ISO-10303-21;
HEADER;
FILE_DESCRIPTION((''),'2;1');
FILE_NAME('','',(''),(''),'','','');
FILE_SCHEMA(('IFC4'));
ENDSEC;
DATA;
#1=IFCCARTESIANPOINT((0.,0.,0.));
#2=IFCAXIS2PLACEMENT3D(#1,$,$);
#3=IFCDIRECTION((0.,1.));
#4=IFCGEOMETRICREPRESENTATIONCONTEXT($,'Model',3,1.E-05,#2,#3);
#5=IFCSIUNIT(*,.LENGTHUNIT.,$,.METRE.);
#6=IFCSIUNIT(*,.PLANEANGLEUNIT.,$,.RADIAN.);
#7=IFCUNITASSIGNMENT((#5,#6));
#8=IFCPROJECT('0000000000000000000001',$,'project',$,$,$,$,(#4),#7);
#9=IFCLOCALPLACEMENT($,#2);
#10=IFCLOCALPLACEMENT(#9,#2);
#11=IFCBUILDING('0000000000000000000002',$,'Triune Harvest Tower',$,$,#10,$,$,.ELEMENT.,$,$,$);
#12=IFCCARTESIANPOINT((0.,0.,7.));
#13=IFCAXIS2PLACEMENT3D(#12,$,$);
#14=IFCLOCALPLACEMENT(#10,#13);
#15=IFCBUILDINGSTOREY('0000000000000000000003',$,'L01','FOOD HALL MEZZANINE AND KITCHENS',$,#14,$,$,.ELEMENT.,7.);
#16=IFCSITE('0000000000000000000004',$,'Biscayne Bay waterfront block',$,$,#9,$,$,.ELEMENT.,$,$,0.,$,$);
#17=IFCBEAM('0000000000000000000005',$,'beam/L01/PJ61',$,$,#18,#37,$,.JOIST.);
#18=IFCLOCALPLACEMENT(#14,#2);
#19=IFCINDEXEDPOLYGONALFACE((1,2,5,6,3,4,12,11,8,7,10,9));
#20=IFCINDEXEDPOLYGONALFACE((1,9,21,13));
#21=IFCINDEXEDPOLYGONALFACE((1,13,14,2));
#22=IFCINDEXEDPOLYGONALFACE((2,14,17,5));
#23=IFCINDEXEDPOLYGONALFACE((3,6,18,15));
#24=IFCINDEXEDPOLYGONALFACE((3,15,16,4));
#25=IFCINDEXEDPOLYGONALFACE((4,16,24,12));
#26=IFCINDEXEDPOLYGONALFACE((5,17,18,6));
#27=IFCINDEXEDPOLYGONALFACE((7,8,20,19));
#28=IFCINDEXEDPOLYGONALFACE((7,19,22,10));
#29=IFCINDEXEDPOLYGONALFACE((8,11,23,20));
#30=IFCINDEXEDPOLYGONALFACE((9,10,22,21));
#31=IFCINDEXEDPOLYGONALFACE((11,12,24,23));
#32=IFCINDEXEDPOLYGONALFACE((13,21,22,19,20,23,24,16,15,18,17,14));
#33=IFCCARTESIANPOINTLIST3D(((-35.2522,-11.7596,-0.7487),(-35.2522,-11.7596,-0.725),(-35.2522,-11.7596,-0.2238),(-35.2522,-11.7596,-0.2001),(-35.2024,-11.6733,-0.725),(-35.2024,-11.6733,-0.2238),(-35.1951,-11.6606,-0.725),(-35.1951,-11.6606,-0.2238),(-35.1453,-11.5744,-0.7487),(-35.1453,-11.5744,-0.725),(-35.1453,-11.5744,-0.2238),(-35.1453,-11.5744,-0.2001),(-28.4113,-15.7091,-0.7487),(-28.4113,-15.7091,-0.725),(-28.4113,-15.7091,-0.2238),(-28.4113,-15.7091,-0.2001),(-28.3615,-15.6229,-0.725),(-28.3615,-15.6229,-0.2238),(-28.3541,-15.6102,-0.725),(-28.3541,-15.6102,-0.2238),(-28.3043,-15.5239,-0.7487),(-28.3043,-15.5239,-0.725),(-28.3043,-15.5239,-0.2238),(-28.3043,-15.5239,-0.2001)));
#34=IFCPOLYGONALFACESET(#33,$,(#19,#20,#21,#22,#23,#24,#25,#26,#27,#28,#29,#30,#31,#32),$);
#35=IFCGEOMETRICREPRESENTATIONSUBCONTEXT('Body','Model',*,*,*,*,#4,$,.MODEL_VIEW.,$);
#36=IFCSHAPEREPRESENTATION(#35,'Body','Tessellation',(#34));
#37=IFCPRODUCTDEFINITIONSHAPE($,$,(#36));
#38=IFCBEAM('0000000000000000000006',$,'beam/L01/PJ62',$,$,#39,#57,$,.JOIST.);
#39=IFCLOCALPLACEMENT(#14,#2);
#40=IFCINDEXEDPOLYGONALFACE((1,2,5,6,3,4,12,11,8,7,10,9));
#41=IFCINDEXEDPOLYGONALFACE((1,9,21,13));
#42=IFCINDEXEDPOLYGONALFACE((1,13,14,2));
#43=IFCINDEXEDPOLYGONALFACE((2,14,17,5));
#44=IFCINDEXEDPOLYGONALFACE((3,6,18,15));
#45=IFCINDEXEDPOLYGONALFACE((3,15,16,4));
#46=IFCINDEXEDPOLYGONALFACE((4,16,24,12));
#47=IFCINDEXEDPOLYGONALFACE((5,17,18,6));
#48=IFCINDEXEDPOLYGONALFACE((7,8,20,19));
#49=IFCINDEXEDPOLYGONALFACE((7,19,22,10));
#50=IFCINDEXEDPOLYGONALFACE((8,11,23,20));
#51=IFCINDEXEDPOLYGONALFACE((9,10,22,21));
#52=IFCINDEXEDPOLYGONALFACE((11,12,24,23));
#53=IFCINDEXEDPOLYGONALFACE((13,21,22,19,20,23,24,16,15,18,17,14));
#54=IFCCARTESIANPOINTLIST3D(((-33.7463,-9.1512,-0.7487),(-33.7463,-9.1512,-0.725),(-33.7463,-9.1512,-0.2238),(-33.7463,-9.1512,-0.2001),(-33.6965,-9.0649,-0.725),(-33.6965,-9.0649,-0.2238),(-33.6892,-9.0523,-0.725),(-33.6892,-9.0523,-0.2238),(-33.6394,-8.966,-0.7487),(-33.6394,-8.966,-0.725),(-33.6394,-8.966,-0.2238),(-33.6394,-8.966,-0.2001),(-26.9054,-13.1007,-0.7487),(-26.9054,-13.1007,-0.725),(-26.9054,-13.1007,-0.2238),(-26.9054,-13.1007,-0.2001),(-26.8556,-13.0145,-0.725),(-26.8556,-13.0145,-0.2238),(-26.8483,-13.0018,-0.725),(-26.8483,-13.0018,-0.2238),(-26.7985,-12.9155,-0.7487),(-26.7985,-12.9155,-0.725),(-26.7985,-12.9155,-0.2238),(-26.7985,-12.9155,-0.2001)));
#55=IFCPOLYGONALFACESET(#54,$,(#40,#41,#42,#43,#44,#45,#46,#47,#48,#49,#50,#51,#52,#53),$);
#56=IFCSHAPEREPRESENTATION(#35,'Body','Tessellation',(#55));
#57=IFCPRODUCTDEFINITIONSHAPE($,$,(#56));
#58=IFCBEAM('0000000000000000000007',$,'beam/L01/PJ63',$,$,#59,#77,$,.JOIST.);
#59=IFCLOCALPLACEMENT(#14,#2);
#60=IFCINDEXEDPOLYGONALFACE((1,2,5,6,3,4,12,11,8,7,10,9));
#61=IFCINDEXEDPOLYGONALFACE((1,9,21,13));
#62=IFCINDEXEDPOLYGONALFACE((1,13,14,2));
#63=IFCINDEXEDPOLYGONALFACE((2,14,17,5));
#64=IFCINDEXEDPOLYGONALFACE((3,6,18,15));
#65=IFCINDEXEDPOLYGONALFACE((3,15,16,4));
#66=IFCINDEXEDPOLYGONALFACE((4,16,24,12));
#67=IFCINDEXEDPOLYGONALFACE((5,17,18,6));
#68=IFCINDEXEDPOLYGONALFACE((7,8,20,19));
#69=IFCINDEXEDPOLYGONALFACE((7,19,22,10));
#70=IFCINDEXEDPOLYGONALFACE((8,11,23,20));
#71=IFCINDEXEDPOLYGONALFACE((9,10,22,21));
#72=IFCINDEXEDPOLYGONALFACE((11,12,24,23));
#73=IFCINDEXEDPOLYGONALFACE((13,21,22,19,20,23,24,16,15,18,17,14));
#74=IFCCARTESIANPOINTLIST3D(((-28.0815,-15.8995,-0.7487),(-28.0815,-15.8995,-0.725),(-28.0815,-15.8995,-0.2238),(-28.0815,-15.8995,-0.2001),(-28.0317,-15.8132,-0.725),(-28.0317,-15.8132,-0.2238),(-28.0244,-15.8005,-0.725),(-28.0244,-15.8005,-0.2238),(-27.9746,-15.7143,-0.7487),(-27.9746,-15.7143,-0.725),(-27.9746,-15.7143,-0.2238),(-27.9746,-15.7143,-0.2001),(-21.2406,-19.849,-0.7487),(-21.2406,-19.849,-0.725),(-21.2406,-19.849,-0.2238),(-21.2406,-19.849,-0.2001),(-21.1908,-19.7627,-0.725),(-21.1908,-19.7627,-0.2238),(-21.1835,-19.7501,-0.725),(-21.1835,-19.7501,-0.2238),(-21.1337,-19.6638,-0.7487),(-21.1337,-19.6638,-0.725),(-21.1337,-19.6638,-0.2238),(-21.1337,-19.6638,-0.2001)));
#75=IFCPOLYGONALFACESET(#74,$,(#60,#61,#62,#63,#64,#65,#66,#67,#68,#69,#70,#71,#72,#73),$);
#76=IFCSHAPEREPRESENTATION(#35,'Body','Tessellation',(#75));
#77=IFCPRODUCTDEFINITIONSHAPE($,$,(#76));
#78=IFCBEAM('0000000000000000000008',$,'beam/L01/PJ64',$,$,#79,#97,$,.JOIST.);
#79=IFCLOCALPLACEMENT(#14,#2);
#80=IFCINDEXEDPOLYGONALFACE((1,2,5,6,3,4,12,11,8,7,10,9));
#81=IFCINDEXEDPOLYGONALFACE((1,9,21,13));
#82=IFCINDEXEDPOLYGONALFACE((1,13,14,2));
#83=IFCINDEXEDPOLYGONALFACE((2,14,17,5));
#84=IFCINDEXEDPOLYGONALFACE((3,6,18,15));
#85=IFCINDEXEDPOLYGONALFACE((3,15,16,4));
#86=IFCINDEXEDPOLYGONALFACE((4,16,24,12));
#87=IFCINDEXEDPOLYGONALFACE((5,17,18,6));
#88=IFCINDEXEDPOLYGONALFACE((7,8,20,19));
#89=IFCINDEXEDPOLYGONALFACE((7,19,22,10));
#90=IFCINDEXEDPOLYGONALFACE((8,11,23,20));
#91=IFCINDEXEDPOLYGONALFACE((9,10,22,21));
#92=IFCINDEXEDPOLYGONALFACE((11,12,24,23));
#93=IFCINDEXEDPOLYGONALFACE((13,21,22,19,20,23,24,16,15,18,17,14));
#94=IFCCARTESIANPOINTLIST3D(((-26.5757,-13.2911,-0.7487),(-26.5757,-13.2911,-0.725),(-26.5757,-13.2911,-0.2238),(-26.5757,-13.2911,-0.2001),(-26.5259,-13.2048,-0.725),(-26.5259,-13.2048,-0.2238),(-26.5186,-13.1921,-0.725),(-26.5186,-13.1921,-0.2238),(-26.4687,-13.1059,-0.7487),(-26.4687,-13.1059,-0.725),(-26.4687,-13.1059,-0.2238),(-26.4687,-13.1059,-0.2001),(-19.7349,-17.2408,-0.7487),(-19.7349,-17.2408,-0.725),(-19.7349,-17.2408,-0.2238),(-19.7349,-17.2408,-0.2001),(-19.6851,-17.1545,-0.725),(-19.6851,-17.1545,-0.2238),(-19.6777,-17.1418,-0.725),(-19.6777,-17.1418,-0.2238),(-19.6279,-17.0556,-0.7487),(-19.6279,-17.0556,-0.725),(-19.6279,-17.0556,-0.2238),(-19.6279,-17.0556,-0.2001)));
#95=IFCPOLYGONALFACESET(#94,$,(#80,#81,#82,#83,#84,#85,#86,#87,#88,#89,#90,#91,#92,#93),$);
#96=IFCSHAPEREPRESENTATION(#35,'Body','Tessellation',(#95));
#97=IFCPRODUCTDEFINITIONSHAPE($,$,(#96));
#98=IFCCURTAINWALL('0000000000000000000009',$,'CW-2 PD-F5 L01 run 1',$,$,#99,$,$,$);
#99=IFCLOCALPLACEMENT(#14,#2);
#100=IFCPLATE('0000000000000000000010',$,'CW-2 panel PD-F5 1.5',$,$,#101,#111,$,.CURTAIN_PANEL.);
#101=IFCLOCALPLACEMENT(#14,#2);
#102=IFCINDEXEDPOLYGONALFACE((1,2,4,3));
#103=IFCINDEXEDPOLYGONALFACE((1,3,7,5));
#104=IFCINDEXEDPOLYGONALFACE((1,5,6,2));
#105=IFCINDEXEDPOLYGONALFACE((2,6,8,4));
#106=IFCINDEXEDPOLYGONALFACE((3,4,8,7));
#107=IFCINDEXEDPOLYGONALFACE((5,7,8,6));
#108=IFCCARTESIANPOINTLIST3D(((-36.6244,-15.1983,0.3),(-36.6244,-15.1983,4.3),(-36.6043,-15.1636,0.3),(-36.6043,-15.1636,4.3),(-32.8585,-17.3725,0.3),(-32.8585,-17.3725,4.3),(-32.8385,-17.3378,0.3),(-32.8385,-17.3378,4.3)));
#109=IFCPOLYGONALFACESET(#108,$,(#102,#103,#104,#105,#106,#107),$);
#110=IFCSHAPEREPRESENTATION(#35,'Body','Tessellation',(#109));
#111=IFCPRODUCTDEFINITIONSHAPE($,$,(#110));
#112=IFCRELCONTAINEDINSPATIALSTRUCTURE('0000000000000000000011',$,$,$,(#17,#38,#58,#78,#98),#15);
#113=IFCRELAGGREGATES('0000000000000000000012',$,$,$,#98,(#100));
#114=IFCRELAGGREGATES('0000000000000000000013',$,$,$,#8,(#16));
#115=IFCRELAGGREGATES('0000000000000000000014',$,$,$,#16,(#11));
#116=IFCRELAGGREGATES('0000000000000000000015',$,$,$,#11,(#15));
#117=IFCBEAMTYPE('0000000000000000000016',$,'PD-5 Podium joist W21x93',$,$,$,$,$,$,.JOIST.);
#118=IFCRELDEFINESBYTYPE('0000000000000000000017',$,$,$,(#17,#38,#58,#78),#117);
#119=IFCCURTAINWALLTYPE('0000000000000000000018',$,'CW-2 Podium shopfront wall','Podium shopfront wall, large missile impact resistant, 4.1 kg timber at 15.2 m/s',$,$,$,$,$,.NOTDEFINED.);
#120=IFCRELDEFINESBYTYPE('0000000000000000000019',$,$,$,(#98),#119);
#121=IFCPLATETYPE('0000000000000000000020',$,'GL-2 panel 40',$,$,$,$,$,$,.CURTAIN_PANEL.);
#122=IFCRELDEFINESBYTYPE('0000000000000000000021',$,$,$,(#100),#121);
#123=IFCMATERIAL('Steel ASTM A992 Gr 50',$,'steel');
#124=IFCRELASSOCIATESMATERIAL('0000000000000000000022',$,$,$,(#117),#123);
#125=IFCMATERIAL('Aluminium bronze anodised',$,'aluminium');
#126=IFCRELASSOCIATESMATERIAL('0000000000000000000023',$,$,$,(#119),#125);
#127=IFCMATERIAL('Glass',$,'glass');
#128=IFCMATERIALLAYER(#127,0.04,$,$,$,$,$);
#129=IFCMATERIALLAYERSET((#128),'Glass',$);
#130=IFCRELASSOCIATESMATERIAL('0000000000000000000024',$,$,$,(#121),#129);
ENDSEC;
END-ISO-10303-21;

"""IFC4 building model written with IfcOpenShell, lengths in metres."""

from ifc_helpers import new_model, si_unit, direction, frame, origin, origin_2d, place, context, subcontext, project, spatial, rectangle, i_section, extrude, source, transform, mapped, material, layer, layer_set, material_profile, profile_set, type_object, element, aggregate, save


model = new_model("IFC4")

# Units and contexts
model_context = context("Model", 3, precision=1e-05, world=origin(), true_north=direction((0.0, 1.0)))
body_context = subcontext(model_context, "Body", "Model", "MODEL_VIEW")
ifc_project = project(units=[si_unit("LENGTHUNIT", "METRE"), si_unit("PLANEANGLEUNIT", "RADIAN")], contexts=[model_context])

# Site, building, storey
site_placement = place(None, origin())
site = spatial("IfcSite", under=ifc_project, at=site_placement, Name="Biscayne Bay waterfront block", CompositionType="ELEMENT", RefElevation=0.0)
building_placement = place(site_placement, origin())
building = spatial("IfcBuilding", under=site, at=building_placement, Name="Triune Harvest Tower", CompositionType="ELEMENT")
storey_placement = place(building_placement, frame((0.0, 0.0, 7.0)))
storey = spatial("IfcBuildingStorey", under=building, at=storey_placement, Name="L01", Description="FOOD HALL MEZZANINE AND KITCHENS", CompositionType="ELEMENT", Elevation=7.0)

# Beams
ifc_material_1 = material(Name="Steel ASTM A992 Gr 50", Category="steel")
ifc_material_profile_1 = material_profile(ifc_material_1, i_section(OverallWidth=0.2139, OverallDepth=0.5486, WebThickness=0.0146, FlangeThickness=0.0237, at=origin_2d()), Name="W21x93")
ifc_profile_set_1 = profile_set([ifc_material_profile_1], Name="Steel ASTM A992 Gr 50")
beam_type_1 = type_object("IfcBeamType", Name="PD-5 Podium joist W21x93", PredefinedType="JOIST", material=ifc_profile_set_1)
shared_shape_1 = source(origin(), body_context, "Body", "SweptSolid", [
    extrude(i_section(OverallWidth=0.2139, OverallDepth=0.5486, WebThickness=0.0146, FlangeThickness=0.0237, at=origin_2d()), origin(), (0.0, 0.0, 1.0), 7.8992),
])
for number, where, z_axis, x_axis, name in (
    (1, (-35.1987, -11.667, -0.4744), (0.86603, -0.499992, 0.0), (0.499992, 0.86603, 0.0), "beam/L01/PJ61"),
    (2, (-33.6929, -9.0586, -0.4744), (0.86603, -0.499992, 0.0), (0.499992, 0.86603, 0.0), "beam/L01/PJ62"),
    (3, (-28.0281, -15.8069, -0.4744), (0.86603, -0.499992, 0.0), (0.499992, 0.86603, 0.0), "beam/L01/PJ63"),
    (4, (-26.5222, -13.1985, -0.4744), (0.866017, -0.500015, 0.0), (0.500015, 0.866017, 0.0), "beam/L01/PJ64"),
):
    element("IfcBeam", number, at=place(storey_placement, frame(where, z_axis=z_axis, x_axis=x_axis)), inside=storey, type_object=beam_type_1, Name=name, PredefinedType="JOIST", context=body_context, shape_type="MappedRepresentation", body=[
        mapped(shared_shape_1, transform((0.0, 0.0, 0.0), scale=1.0)),
    ])

# Curtain wall, plate
ifc_material_2 = material(Name="Aluminium bronze anodised", Category="aluminium")
curtain_wall_type = type_object("IfcCurtainWallType", Name="CW-2 Podium shopfront wall", Description="Podium shopfront wall, large missile impact resistant, 4.1 kg timber at 15.2 m/s", PredefinedType="NOTDEFINED", material=ifc_material_2)
curtain_wall_placement = place(storey_placement, origin())
curtain_wall = element("IfcCurtainWall", 5, at=curtain_wall_placement, inside=storey, type_object=curtain_wall_type, Name="CW-2 PD-F5 L01 run 1")
ifc_material_3 = material(Name="Glass", Category="glass")
ifc_layer = layer(ifc_material_3, 0.04)
ifc_layer_set = layer_set([ifc_layer], Name="Glass")
plate_type = type_object("IfcPlateType", Name="GL-2 panel 40", PredefinedType="CURTAIN_PANEL", material=ifc_layer_set)
shared_shape_2 = source(origin(), body_context, "Body", "SweptSolid", [
    extrude(rectangle(XDim=4.3484, YDim=0.04, at=origin_2d()), origin(), (0.0, 0.0, 1.0), 4.0),
])
plate_placement = place(storey_placement, frame((-34.7314, -16.2681, 0.3), z_axis=(0.0, 0.0, 1.0), x_axis=(0.866025, -0.5, 0.0)))
plate = element("IfcPlate", 6, at=plate_placement, type_object=plate_type, Name="CW-2 panel PD-F5 1.5", PredefinedType="CURTAIN_PANEL", context=body_context, shape_type="MappedRepresentation", body=[
    mapped(shared_shape_2, transform((0.0, 0.0, 0.0), scale=1.0)),
])
aggregate(curtain_wall, [plate])

save(model, "model.ifc")
